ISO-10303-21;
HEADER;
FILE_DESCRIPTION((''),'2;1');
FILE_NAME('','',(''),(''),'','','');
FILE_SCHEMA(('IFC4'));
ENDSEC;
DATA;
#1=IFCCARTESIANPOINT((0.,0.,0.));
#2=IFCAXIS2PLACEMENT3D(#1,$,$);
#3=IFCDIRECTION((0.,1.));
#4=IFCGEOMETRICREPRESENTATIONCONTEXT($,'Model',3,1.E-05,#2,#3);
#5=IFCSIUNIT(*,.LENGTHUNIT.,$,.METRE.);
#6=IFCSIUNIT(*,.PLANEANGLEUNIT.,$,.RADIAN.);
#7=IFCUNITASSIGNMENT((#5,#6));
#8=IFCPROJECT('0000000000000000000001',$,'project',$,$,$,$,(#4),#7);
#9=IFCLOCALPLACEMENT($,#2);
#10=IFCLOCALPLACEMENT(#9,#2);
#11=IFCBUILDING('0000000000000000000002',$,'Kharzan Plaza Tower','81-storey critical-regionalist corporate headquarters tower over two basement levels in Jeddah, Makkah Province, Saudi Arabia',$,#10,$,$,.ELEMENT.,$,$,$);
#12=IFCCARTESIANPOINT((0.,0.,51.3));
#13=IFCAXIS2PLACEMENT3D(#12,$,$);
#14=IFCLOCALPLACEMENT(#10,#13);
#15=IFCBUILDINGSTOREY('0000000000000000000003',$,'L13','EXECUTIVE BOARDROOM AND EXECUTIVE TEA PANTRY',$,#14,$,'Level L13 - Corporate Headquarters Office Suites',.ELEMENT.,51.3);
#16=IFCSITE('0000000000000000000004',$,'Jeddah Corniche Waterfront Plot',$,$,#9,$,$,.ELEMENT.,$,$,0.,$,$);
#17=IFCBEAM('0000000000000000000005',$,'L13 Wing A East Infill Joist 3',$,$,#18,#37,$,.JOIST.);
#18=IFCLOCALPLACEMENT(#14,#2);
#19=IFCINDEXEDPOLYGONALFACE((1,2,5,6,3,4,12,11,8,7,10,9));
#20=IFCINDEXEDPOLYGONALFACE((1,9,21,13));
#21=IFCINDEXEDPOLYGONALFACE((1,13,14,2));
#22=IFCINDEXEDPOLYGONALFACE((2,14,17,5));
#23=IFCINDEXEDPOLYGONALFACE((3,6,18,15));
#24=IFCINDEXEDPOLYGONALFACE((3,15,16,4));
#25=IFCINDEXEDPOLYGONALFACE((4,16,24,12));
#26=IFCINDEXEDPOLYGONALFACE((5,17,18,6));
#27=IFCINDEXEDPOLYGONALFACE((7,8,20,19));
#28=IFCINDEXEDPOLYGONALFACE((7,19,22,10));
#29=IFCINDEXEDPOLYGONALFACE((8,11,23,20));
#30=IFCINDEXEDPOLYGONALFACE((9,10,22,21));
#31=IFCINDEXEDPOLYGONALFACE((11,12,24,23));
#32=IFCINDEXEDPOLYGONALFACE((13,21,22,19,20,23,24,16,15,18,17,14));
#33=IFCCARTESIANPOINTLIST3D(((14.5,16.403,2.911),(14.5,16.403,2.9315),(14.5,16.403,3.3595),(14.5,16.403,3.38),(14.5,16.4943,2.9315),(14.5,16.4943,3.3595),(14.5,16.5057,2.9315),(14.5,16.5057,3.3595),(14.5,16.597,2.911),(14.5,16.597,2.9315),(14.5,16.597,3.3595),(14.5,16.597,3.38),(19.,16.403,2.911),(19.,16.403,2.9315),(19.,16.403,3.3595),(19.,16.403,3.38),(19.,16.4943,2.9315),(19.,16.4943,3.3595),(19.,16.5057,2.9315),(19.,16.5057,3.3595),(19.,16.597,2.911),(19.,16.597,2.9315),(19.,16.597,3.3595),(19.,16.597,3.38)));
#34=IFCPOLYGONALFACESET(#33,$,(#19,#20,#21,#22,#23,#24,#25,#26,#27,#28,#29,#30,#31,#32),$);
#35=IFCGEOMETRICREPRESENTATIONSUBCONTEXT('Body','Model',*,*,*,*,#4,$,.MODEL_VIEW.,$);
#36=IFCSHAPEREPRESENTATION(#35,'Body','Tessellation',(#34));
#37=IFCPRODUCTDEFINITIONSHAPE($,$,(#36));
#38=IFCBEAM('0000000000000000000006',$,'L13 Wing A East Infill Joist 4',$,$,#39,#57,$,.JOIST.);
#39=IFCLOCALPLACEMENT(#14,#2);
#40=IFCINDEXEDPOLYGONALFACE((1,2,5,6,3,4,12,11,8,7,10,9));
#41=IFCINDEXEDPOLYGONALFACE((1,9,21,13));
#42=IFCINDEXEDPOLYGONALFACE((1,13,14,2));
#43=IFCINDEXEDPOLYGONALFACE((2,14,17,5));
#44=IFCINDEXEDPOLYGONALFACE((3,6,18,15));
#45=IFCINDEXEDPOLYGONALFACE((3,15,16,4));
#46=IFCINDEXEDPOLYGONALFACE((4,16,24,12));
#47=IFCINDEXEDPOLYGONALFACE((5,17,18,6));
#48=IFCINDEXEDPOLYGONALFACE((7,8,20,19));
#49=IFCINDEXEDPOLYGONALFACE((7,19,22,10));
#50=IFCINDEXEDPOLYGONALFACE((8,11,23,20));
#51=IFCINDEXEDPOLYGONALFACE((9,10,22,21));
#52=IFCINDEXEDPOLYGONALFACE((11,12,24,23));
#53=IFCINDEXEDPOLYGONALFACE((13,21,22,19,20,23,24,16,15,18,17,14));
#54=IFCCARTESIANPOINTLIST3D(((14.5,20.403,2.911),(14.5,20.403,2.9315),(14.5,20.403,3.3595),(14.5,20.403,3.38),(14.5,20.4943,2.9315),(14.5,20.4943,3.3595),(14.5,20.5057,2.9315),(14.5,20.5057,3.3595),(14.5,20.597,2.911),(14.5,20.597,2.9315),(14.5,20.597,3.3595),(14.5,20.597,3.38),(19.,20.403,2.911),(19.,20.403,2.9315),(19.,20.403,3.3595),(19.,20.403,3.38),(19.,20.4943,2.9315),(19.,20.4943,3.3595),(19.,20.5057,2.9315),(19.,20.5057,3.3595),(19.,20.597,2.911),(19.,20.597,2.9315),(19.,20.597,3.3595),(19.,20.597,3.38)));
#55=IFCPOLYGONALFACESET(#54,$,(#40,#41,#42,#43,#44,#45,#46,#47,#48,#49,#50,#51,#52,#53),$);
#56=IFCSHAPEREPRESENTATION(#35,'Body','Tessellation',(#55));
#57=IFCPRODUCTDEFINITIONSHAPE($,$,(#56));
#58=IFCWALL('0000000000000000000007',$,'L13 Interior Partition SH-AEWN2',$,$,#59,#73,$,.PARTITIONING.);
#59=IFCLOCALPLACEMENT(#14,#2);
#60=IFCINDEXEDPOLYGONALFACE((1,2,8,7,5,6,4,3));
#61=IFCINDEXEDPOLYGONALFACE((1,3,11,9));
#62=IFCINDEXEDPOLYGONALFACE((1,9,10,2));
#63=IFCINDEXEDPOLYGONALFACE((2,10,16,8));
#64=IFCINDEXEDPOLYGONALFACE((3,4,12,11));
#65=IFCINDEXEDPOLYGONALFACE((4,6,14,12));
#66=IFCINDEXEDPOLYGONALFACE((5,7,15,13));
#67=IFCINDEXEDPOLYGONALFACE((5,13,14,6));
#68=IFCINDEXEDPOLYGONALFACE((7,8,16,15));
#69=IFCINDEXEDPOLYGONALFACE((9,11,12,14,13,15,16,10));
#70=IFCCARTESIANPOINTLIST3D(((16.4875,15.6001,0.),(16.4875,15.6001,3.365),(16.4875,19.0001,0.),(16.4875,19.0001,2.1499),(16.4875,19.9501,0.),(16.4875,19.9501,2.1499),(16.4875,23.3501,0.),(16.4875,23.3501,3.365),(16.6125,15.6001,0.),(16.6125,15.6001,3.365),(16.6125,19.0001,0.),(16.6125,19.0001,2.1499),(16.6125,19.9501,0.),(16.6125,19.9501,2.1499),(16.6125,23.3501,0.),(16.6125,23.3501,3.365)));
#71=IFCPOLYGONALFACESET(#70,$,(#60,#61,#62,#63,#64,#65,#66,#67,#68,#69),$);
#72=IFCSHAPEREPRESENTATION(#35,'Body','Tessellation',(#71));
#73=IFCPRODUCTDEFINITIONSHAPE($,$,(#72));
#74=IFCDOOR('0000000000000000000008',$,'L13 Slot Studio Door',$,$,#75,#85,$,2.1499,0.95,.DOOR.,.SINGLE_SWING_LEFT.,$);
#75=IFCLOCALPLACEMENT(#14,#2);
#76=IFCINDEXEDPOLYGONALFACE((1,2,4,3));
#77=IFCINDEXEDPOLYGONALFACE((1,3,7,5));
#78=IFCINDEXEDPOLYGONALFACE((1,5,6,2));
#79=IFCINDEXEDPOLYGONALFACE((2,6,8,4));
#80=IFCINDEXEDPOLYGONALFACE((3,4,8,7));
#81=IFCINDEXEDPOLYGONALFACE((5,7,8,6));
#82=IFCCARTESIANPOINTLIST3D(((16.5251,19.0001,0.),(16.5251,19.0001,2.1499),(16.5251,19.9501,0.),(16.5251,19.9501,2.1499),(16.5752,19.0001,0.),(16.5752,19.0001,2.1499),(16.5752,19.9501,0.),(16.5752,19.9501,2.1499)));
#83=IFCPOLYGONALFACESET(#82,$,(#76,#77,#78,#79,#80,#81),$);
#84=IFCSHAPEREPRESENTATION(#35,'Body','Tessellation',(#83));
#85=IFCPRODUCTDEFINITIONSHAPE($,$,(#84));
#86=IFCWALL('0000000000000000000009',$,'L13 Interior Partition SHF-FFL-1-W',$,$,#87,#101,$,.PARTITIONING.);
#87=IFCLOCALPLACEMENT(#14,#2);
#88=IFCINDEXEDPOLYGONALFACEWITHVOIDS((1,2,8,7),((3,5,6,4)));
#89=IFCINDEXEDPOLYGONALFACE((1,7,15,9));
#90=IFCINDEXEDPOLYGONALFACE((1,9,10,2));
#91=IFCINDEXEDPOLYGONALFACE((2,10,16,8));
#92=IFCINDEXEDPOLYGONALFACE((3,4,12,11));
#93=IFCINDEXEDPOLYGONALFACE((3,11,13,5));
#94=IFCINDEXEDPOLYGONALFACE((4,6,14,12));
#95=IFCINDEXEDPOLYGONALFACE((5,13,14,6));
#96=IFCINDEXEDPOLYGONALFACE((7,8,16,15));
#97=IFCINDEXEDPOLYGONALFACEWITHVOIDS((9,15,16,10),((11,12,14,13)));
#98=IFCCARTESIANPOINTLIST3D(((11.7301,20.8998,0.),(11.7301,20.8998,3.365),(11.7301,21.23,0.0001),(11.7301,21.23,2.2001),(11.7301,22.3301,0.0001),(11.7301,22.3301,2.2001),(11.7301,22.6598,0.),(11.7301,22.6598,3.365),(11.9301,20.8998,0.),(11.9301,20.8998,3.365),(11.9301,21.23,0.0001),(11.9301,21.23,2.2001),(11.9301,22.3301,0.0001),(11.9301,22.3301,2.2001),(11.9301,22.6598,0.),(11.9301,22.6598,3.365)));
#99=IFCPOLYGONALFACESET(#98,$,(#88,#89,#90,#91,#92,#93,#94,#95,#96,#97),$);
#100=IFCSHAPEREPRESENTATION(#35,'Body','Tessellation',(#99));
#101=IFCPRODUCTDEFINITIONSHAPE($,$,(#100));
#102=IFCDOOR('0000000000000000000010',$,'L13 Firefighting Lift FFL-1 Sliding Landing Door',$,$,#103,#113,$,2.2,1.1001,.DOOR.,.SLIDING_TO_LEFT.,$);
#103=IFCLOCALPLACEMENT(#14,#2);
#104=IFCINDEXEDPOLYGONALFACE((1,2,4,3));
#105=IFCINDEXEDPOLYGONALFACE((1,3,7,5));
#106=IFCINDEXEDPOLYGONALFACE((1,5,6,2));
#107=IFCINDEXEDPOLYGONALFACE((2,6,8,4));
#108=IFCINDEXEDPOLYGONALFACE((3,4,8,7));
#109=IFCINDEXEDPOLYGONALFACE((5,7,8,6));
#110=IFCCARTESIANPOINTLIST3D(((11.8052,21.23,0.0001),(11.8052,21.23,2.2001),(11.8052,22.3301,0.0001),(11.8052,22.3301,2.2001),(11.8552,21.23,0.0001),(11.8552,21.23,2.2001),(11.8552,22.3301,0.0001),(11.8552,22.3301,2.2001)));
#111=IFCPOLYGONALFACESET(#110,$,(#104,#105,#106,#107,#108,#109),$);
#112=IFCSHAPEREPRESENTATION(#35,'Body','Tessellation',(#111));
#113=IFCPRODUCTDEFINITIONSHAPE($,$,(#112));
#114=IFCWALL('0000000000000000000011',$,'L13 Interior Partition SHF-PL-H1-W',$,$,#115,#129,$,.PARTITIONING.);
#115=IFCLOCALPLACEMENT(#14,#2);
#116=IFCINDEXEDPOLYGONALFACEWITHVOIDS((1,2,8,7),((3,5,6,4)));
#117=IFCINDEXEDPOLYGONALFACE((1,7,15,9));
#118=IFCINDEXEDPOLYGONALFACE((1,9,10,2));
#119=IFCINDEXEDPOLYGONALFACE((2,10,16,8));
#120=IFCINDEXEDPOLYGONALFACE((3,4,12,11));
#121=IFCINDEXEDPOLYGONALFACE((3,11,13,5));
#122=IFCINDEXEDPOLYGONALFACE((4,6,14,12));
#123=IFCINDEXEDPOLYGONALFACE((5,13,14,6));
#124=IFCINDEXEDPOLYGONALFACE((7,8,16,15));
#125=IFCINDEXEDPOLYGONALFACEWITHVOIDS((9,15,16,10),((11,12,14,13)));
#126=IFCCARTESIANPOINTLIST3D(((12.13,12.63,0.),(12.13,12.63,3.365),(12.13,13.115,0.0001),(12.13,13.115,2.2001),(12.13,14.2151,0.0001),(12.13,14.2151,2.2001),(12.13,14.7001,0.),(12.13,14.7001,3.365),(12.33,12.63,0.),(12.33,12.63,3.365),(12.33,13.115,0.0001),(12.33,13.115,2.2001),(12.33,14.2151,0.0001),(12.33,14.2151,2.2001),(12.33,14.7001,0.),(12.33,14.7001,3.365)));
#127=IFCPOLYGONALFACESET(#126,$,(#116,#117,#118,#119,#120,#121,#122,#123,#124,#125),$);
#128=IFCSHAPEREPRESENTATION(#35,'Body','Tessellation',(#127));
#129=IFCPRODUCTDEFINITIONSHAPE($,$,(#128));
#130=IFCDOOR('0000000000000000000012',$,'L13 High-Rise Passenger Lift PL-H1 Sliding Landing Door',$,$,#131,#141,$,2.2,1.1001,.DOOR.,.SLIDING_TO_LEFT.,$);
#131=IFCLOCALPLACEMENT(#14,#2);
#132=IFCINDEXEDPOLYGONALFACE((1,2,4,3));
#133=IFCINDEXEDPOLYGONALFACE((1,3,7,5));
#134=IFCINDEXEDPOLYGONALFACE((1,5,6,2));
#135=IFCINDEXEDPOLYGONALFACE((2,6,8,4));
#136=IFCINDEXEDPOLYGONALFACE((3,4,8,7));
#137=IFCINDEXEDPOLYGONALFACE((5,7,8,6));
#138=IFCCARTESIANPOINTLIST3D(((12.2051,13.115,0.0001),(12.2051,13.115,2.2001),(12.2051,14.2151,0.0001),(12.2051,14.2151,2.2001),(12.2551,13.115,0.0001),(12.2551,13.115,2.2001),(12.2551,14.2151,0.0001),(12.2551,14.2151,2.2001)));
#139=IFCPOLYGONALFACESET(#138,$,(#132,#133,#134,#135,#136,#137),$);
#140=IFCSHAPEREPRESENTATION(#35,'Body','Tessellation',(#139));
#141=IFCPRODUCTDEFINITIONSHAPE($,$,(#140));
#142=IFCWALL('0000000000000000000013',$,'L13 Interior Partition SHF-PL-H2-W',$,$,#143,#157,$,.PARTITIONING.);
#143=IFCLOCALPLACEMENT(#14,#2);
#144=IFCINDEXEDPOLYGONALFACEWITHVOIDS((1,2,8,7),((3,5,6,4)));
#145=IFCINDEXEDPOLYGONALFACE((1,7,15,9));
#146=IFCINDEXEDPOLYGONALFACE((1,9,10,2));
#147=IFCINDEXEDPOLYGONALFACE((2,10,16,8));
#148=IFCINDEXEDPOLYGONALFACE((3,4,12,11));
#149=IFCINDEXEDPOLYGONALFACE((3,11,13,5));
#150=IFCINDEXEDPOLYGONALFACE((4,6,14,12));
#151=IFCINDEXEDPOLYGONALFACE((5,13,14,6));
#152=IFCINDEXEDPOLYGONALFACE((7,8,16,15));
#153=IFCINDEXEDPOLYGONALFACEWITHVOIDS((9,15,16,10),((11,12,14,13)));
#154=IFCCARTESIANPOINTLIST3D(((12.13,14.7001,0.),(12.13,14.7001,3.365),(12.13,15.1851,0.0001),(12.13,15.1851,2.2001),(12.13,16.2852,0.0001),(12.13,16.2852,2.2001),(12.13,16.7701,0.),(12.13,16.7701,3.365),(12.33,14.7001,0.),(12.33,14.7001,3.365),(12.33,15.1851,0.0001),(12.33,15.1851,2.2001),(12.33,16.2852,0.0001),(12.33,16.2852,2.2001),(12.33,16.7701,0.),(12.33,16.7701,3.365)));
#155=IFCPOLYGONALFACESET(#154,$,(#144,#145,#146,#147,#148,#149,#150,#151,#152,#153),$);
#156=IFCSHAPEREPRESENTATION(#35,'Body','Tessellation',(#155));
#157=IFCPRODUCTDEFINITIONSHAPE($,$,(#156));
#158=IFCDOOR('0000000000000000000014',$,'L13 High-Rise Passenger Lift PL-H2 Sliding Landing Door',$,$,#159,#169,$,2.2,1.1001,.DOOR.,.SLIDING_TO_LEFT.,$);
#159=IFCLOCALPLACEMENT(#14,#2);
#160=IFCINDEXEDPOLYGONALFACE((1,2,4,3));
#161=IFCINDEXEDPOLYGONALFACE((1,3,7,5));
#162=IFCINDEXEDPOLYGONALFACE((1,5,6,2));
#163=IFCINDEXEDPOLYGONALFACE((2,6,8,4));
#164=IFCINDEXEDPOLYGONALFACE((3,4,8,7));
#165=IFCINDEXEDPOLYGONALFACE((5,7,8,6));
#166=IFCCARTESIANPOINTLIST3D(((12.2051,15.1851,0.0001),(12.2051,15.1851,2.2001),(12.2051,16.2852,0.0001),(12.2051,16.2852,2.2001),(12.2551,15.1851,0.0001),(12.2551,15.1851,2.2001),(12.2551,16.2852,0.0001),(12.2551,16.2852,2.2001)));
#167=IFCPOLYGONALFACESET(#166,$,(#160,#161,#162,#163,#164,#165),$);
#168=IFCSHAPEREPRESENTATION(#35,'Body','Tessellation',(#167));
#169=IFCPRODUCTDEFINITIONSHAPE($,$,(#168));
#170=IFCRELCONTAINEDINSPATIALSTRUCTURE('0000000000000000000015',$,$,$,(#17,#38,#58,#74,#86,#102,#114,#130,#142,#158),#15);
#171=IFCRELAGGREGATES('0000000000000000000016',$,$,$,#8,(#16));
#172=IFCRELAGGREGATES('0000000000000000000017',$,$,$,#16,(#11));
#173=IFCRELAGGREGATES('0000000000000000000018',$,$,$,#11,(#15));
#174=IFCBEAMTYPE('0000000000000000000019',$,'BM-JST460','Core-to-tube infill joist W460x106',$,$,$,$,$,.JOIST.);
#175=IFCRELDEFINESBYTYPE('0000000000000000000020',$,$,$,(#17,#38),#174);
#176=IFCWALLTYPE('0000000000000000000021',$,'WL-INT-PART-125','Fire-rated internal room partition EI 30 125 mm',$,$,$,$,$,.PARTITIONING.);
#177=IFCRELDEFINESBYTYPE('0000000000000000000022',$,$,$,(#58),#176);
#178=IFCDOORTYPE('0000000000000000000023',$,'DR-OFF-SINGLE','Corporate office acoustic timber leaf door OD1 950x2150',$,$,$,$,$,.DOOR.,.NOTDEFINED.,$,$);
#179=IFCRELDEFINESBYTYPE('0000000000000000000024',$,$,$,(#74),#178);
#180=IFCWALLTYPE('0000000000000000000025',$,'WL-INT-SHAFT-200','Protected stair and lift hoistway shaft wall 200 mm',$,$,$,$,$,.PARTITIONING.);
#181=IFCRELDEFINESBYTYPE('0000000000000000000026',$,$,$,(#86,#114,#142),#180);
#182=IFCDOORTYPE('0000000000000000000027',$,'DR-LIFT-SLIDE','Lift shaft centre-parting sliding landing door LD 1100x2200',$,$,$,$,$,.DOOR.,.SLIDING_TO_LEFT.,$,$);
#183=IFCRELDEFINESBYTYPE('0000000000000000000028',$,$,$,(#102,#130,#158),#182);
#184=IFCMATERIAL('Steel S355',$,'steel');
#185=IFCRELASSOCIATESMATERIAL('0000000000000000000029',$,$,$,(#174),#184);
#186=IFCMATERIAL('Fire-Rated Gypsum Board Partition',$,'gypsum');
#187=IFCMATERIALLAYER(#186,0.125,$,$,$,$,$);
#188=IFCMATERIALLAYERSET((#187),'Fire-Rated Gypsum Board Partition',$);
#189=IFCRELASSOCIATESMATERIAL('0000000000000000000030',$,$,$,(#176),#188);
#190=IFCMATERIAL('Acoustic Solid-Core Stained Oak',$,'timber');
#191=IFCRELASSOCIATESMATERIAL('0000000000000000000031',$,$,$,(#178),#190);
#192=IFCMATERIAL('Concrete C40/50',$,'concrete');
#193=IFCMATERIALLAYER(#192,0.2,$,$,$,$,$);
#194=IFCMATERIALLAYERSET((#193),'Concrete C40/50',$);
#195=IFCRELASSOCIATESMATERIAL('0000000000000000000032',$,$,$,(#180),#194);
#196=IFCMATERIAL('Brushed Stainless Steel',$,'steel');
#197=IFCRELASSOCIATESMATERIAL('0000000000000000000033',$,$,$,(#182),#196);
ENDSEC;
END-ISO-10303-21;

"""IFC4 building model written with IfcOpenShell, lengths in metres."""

from ifc_helpers import new_model, si_unit, direction, frame, frame_2d, origin, origin_2d, place, context, subcontext, project, spatial, rectangle, i_section, extrude, source, transform, mapped, material, layer, layer_set, material_profile, profile_set, type_object, element, fill, save


model = new_model("IFC4")

# Units and contexts
model_context = context("Model", 3, precision=1e-05, world=origin(), true_north=direction((0.0, 1.0)))
body_context = subcontext(model_context, "Body", "Model", "MODEL_VIEW")
ifc_project = project(units=[si_unit("LENGTHUNIT", "METRE"), si_unit("PLANEANGLEUNIT", "RADIAN")], contexts=[model_context])

# Site, building, storey
site_placement = place(None, origin())
site = spatial("IfcSite", under=ifc_project, at=site_placement, Name="Jeddah Corniche Waterfront Plot", CompositionType="ELEMENT", RefElevation=0.0)
building_placement = place(site_placement, origin())
building = spatial("IfcBuilding", under=site, at=building_placement, Name="Kharzan Plaza Tower", Description="81-storey critical-regionalist corporate headquarters tower over two basement levels in Jeddah, Makkah Province, Saudi Arabia", CompositionType="ELEMENT")
storey_placement = place(building_placement, frame((0.0, 0.0, 51.3)))
storey = spatial("IfcBuildingStorey", under=building, at=storey_placement, Name="L13", Description="EXECUTIVE BOARDROOM AND EXECUTIVE TEA PANTRY", LongName="Level L13 - Corporate Headquarters Office Suites", CompositionType="ELEMENT", Elevation=51.3)

# Beams
ifc_material_1 = material(Name="Steel S355", Category="steel")
ifc_material_profile_1 = material_profile(ifc_material_1, i_section(OverallWidth=0.1941, OverallDepth=0.469, WebThickness=0.0115, FlangeThickness=0.0205, at=origin_2d()), Name="W460x106")
ifc_profile_set_1 = profile_set([ifc_material_profile_1], Name="Steel S355")
beam_type_1 = type_object("IfcBeamType", Name="BM-JST460", Description="Core-to-tube infill joist W460x106", PredefinedType="JOIST", material=ifc_profile_set_1)
shared_shape_1 = source(origin(), body_context, "Body", "SweptSolid", [
    extrude(i_section(OverallWidth=0.1941, OverallDepth=0.469, WebThickness=0.0115, FlangeThickness=0.0205, at=origin_2d()), origin(), (0.0, 0.0, 1.0), 4.5),
])
for number, where, z_axis, x_axis, name in (
    (1, (14.5, 16.5, 3.1455), (1.0, 0.0, 0.0), (0.0, 1.0, 0.0), "L13 Wing A East Infill Joist 3"),
    (2, (14.5, 20.5, 3.1455), (1.0, 0.0, 0.0), (0.0, 1.0, 0.0), "L13 Wing A East Infill Joist 4"),
):
    element("IfcBeam", number, at=place(storey_placement, frame(where, z_axis=z_axis, x_axis=x_axis)), inside=storey, type_object=beam_type_1, Name=name, PredefinedType="JOIST", context=body_context, shape_type="MappedRepresentation", body=[
        mapped(shared_shape_1, transform((0.0, 0.0, 0.0), x_axis=(1.0, 0.0, 0.0), y_axis=(0.0, 1.0, 0.0), z_axis=(0.0, 0.0, 1.0))),
    ])

# Walls, openings, doors
ifc_material_2 = material(Name="Fire-Rated Gypsum Board Partition", Category="gypsum")
ifc_layer_1 = layer(ifc_material_2, 0.125)
ifc_layer_set_1 = layer_set([ifc_layer_1], Name="Fire-Rated Gypsum Board Partition")
wall_type_1 = type_object("IfcWallType", Name="WL-INT-PART-125", Description="Fire-rated internal room partition EI 30 125 mm", PredefinedType="PARTITIONING", material=ifc_layer_set_1)
ifc_material_3 = material(Name="Acoustic Solid-Core Stained Oak", Category="timber")
door_type_1 = type_object("IfcDoorType", Name="DR-OFF-SINGLE", Description="Corporate office acoustic timber leaf door OD1 950x2150", OperationType="NOTDEFINED", PredefinedType="DOOR", material=ifc_material_3)
shared_shape_2 = source(origin(), body_context, "Body", "SweptSolid", [
    extrude(rectangle(XDim=0.95, YDim=2.1499, at=frame_2d((0.4751, 1.075))), frame((0.0, 0.0249, 0.0), z_axis=(0.0, -1.0, 0.0), x_axis=(1.0, 0.0, 0.0)), (0.0, 0.0, 1.0), 0.05),
])
wall_1_placement = place(storey_placement, frame((16.55, 15.6001, 0.0), z_axis=(0.0, 0.0, 1.0), x_axis=(0.0, 1.0, 0.0)))
wall_1 = element("IfcWall", 3, at=wall_1_placement, inside=storey, type_object=wall_type_1, Name="L13 Interior Partition SH-AEWN2", PredefinedType="PARTITIONING", context=body_context, shape_type="SweptSolid", body=[
    extrude(rectangle(XDim=7.75, YDim=0.125, at=frame_2d((3.875, 0.0))), origin(), (0.0, 0.0, 1.0), 3.365),
])
opening_1_placement = place(wall_1_placement, frame((3.3999, 0.0, 0.0)))
opening_1 = element("IfcOpeningElement", 4, at=opening_1_placement, cuts=wall_1, PredefinedType="OPENING", context=body_context, shape_type="SweptSolid", body=[
    extrude(rectangle(XDim=0.95, YDim=2.1499, at=frame_2d((0.4751, 1.075))), frame((0.0, 0.0725, 0.0), z_axis=(0.0, -1.0, 0.0), x_axis=(1.0, 0.0, 0.0)), (0.0, 0.0, 1.0), 0.145),
])
door_1_placement = place(opening_1_placement, origin())
door_1 = element("IfcDoor", 5, at=door_1_placement, inside=storey, type_object=door_type_1, Name="L13 Slot Studio Door", OperationType="SINGLE_SWING_LEFT", OverallHeight=2.1499, OverallWidth=0.95, PredefinedType="DOOR", context=body_context, shape_type="MappedRepresentation", body=[
    mapped(shared_shape_2, transform((0.0, 0.0, 0.0), x_axis=(1.0, 0.0, 0.0), y_axis=(0.0, 1.0, 0.0), z_axis=(0.0, 0.0, 1.0))),
])
fill(opening_1, door_1)
ifc_material_4 = material(Name="Concrete C40/50", Category="concrete")
ifc_layer_2 = layer(ifc_material_4, 0.2)
ifc_layer_set_2 = layer_set([ifc_layer_2], Name="Concrete C40/50")
wall_type_2 = type_object("IfcWallType", Name="WL-INT-SHAFT-200", Description="Protected stair and lift hoistway shaft wall 200 mm", PredefinedType="PARTITIONING", material=ifc_layer_set_2)
wall_2_placement = place(storey_placement, frame((11.8301, 20.8999, 0.0), z_axis=(0.0, 0.0, 1.0), x_axis=(0.0, 1.0, 0.0)))
wall_2 = element("IfcWall", 6, at=wall_2_placement, inside=storey, type_object=wall_type_2, Name="L13 Interior Partition SHF-FFL-1-W", PredefinedType="PARTITIONING", context=body_context, shape_type="SweptSolid", body=[
    extrude(rectangle(XDim=1.76, YDim=0.2, at=frame_2d((0.8799, 0.0))), origin(), (0.0, 0.0, 1.0), 3.365),
])
opening_2_placement = place(wall_2_placement, frame((0.3301, 0.0, 0.0)))
opening_2 = element("IfcOpeningElement", 7, at=opening_2_placement, cuts=wall_2, PredefinedType="OPENING", context=body_context, shape_type="SweptSolid", body=[
    extrude(rectangle(XDim=1.1001, YDim=2.2, at=frame_2d((0.55, 1.1001))), frame((0.0, 0.1099, 0.0), z_axis=(0.0, -1.0, 0.0), x_axis=(1.0, 0.0, 0.0)), (0.0, 0.0, 1.0), 0.22),
])
ifc_material_5 = material(Name="Brushed Stainless Steel", Category="steel")
door_type_2 = type_object("IfcDoorType", Name="DR-LIFT-SLIDE", Description="Lift shaft centre-parting sliding landing door LD 1100x2200", OperationType="SLIDING_TO_LEFT", PredefinedType="DOOR", material=ifc_material_5)
shared_shape_3 = source(origin(), body_context, "Body", "SweptSolid", [
    extrude(rectangle(XDim=1.1001, YDim=2.2, at=frame_2d((0.55, 1.1001))), frame((0.0, 0.0249, 0.0), z_axis=(0.0, -1.0, 0.0), x_axis=(1.0, 0.0, 0.0)), (0.0, 0.0, 1.0), 0.05),
])
door_2_placement = place(opening_2_placement, origin())
door_2 = element("IfcDoor", 8, at=door_2_placement, inside=storey, type_object=door_type_2, Name="L13 Firefighting Lift FFL-1 Sliding Landing Door", OperationType="SLIDING_TO_LEFT", OverallHeight=2.2, OverallWidth=1.1001, PredefinedType="DOOR", context=body_context, shape_type="MappedRepresentation", body=[
    mapped(shared_shape_3, transform((0.0, 0.0, 0.0), x_axis=(1.0, 0.0, 0.0), y_axis=(0.0, 1.0, 0.0), z_axis=(0.0, 0.0, 1.0))),
])
fill(opening_2, door_2)
wall_3_placement = place(storey_placement, frame((12.23, 12.6299, 0.0), z_axis=(0.0, 0.0, 1.0), x_axis=(0.0, 1.0, 0.0)))
wall_3 = element("IfcWall", 9, at=wall_3_placement, inside=storey, type_object=wall_type_2, Name="L13 Interior Partition SHF-PL-H1-W", PredefinedType="PARTITIONING", context=body_context, shape_type="SweptSolid", body=[
    extrude(rectangle(XDim=2.0701, YDim=0.2, at=frame_2d((1.0352, 0.0))), origin(), (0.0, 0.0, 1.0), 3.365),
])
opening_3_placement = place(wall_3_placement, frame((0.4851, 0.0, 0.0)))
opening_3 = element("IfcOpeningElement", 10, at=opening_3_placement, cuts=wall_3, PredefinedType="OPENING", context=body_context, shape_type="SweptSolid", body=[
    extrude(rectangle(XDim=1.1001, YDim=2.2, at=frame_2d((0.55, 1.1001))), frame((0.0, 0.1099, 0.0), z_axis=(0.0, -1.0, 0.0), x_axis=(1.0, 0.0, 0.0)), (0.0, 0.0, 1.0), 0.22),
])
door_3_placement = place(opening_3_placement, origin())
door_3 = element("IfcDoor", 11, at=door_3_placement, inside=storey, type_object=door_type_2, Name="L13 High-Rise Passenger Lift PL-H1 Sliding Landing Door", OperationType="SLIDING_TO_LEFT", OverallHeight=2.2, OverallWidth=1.1001, PredefinedType="DOOR", context=body_context, shape_type="MappedRepresentation", body=[
    mapped(shared_shape_3, transform((0.0, 0.0, 0.0), x_axis=(1.0, 0.0, 0.0), y_axis=(0.0, 1.0, 0.0), z_axis=(0.0, 0.0, 1.0))),
])
fill(opening_3, door_3)
wall_4_placement = place(storey_placement, frame((12.23, 14.7, 0.0), z_axis=(0.0, 0.0, 1.0), x_axis=(0.0, 1.0, 0.0)))
wall_4 = element("IfcWall", 12, at=wall_4_placement, inside=storey, type_object=wall_type_2, Name="L13 Interior Partition SHF-PL-H2-W", PredefinedType="PARTITIONING", context=body_context, shape_type="SweptSolid", body=[
    extrude(rectangle(XDim=2.0701, YDim=0.2, at=frame_2d((1.0352, 0.0))), origin(), (0.0, 0.0, 1.0), 3.365),
])
opening_4_placement = place(wall_4_placement, frame((0.4851, 0.0, 0.0)))
opening_4 = element("IfcOpeningElement", 13, at=opening_4_placement, cuts=wall_4, PredefinedType="OPENING", context=body_context, shape_type="SweptSolid", body=[
    extrude(rectangle(XDim=1.1001, YDim=2.2, at=frame_2d((0.55, 1.1001))), frame((0.0, 0.1099, 0.0), z_axis=(0.0, -1.0, 0.0), x_axis=(1.0, 0.0, 0.0)), (0.0, 0.0, 1.0), 0.22),
])
door_4_placement = place(opening_4_placement, origin())
door_4 = element("IfcDoor", 14, at=door_4_placement, inside=storey, type_object=door_type_2, Name="L13 High-Rise Passenger Lift PL-H2 Sliding Landing Door", OperationType="SLIDING_TO_LEFT", OverallHeight=2.2, OverallWidth=1.1001, PredefinedType="DOOR", context=body_context, shape_type="MappedRepresentation", body=[
    mapped(shared_shape_3, transform((0.0, 0.0, 0.0), x_axis=(1.0, 0.0, 0.0), y_axis=(0.0, 1.0, 0.0), z_axis=(0.0, 0.0, 1.0))),
])
fill(opening_4, door_4)

save(model, "model.ifc")
